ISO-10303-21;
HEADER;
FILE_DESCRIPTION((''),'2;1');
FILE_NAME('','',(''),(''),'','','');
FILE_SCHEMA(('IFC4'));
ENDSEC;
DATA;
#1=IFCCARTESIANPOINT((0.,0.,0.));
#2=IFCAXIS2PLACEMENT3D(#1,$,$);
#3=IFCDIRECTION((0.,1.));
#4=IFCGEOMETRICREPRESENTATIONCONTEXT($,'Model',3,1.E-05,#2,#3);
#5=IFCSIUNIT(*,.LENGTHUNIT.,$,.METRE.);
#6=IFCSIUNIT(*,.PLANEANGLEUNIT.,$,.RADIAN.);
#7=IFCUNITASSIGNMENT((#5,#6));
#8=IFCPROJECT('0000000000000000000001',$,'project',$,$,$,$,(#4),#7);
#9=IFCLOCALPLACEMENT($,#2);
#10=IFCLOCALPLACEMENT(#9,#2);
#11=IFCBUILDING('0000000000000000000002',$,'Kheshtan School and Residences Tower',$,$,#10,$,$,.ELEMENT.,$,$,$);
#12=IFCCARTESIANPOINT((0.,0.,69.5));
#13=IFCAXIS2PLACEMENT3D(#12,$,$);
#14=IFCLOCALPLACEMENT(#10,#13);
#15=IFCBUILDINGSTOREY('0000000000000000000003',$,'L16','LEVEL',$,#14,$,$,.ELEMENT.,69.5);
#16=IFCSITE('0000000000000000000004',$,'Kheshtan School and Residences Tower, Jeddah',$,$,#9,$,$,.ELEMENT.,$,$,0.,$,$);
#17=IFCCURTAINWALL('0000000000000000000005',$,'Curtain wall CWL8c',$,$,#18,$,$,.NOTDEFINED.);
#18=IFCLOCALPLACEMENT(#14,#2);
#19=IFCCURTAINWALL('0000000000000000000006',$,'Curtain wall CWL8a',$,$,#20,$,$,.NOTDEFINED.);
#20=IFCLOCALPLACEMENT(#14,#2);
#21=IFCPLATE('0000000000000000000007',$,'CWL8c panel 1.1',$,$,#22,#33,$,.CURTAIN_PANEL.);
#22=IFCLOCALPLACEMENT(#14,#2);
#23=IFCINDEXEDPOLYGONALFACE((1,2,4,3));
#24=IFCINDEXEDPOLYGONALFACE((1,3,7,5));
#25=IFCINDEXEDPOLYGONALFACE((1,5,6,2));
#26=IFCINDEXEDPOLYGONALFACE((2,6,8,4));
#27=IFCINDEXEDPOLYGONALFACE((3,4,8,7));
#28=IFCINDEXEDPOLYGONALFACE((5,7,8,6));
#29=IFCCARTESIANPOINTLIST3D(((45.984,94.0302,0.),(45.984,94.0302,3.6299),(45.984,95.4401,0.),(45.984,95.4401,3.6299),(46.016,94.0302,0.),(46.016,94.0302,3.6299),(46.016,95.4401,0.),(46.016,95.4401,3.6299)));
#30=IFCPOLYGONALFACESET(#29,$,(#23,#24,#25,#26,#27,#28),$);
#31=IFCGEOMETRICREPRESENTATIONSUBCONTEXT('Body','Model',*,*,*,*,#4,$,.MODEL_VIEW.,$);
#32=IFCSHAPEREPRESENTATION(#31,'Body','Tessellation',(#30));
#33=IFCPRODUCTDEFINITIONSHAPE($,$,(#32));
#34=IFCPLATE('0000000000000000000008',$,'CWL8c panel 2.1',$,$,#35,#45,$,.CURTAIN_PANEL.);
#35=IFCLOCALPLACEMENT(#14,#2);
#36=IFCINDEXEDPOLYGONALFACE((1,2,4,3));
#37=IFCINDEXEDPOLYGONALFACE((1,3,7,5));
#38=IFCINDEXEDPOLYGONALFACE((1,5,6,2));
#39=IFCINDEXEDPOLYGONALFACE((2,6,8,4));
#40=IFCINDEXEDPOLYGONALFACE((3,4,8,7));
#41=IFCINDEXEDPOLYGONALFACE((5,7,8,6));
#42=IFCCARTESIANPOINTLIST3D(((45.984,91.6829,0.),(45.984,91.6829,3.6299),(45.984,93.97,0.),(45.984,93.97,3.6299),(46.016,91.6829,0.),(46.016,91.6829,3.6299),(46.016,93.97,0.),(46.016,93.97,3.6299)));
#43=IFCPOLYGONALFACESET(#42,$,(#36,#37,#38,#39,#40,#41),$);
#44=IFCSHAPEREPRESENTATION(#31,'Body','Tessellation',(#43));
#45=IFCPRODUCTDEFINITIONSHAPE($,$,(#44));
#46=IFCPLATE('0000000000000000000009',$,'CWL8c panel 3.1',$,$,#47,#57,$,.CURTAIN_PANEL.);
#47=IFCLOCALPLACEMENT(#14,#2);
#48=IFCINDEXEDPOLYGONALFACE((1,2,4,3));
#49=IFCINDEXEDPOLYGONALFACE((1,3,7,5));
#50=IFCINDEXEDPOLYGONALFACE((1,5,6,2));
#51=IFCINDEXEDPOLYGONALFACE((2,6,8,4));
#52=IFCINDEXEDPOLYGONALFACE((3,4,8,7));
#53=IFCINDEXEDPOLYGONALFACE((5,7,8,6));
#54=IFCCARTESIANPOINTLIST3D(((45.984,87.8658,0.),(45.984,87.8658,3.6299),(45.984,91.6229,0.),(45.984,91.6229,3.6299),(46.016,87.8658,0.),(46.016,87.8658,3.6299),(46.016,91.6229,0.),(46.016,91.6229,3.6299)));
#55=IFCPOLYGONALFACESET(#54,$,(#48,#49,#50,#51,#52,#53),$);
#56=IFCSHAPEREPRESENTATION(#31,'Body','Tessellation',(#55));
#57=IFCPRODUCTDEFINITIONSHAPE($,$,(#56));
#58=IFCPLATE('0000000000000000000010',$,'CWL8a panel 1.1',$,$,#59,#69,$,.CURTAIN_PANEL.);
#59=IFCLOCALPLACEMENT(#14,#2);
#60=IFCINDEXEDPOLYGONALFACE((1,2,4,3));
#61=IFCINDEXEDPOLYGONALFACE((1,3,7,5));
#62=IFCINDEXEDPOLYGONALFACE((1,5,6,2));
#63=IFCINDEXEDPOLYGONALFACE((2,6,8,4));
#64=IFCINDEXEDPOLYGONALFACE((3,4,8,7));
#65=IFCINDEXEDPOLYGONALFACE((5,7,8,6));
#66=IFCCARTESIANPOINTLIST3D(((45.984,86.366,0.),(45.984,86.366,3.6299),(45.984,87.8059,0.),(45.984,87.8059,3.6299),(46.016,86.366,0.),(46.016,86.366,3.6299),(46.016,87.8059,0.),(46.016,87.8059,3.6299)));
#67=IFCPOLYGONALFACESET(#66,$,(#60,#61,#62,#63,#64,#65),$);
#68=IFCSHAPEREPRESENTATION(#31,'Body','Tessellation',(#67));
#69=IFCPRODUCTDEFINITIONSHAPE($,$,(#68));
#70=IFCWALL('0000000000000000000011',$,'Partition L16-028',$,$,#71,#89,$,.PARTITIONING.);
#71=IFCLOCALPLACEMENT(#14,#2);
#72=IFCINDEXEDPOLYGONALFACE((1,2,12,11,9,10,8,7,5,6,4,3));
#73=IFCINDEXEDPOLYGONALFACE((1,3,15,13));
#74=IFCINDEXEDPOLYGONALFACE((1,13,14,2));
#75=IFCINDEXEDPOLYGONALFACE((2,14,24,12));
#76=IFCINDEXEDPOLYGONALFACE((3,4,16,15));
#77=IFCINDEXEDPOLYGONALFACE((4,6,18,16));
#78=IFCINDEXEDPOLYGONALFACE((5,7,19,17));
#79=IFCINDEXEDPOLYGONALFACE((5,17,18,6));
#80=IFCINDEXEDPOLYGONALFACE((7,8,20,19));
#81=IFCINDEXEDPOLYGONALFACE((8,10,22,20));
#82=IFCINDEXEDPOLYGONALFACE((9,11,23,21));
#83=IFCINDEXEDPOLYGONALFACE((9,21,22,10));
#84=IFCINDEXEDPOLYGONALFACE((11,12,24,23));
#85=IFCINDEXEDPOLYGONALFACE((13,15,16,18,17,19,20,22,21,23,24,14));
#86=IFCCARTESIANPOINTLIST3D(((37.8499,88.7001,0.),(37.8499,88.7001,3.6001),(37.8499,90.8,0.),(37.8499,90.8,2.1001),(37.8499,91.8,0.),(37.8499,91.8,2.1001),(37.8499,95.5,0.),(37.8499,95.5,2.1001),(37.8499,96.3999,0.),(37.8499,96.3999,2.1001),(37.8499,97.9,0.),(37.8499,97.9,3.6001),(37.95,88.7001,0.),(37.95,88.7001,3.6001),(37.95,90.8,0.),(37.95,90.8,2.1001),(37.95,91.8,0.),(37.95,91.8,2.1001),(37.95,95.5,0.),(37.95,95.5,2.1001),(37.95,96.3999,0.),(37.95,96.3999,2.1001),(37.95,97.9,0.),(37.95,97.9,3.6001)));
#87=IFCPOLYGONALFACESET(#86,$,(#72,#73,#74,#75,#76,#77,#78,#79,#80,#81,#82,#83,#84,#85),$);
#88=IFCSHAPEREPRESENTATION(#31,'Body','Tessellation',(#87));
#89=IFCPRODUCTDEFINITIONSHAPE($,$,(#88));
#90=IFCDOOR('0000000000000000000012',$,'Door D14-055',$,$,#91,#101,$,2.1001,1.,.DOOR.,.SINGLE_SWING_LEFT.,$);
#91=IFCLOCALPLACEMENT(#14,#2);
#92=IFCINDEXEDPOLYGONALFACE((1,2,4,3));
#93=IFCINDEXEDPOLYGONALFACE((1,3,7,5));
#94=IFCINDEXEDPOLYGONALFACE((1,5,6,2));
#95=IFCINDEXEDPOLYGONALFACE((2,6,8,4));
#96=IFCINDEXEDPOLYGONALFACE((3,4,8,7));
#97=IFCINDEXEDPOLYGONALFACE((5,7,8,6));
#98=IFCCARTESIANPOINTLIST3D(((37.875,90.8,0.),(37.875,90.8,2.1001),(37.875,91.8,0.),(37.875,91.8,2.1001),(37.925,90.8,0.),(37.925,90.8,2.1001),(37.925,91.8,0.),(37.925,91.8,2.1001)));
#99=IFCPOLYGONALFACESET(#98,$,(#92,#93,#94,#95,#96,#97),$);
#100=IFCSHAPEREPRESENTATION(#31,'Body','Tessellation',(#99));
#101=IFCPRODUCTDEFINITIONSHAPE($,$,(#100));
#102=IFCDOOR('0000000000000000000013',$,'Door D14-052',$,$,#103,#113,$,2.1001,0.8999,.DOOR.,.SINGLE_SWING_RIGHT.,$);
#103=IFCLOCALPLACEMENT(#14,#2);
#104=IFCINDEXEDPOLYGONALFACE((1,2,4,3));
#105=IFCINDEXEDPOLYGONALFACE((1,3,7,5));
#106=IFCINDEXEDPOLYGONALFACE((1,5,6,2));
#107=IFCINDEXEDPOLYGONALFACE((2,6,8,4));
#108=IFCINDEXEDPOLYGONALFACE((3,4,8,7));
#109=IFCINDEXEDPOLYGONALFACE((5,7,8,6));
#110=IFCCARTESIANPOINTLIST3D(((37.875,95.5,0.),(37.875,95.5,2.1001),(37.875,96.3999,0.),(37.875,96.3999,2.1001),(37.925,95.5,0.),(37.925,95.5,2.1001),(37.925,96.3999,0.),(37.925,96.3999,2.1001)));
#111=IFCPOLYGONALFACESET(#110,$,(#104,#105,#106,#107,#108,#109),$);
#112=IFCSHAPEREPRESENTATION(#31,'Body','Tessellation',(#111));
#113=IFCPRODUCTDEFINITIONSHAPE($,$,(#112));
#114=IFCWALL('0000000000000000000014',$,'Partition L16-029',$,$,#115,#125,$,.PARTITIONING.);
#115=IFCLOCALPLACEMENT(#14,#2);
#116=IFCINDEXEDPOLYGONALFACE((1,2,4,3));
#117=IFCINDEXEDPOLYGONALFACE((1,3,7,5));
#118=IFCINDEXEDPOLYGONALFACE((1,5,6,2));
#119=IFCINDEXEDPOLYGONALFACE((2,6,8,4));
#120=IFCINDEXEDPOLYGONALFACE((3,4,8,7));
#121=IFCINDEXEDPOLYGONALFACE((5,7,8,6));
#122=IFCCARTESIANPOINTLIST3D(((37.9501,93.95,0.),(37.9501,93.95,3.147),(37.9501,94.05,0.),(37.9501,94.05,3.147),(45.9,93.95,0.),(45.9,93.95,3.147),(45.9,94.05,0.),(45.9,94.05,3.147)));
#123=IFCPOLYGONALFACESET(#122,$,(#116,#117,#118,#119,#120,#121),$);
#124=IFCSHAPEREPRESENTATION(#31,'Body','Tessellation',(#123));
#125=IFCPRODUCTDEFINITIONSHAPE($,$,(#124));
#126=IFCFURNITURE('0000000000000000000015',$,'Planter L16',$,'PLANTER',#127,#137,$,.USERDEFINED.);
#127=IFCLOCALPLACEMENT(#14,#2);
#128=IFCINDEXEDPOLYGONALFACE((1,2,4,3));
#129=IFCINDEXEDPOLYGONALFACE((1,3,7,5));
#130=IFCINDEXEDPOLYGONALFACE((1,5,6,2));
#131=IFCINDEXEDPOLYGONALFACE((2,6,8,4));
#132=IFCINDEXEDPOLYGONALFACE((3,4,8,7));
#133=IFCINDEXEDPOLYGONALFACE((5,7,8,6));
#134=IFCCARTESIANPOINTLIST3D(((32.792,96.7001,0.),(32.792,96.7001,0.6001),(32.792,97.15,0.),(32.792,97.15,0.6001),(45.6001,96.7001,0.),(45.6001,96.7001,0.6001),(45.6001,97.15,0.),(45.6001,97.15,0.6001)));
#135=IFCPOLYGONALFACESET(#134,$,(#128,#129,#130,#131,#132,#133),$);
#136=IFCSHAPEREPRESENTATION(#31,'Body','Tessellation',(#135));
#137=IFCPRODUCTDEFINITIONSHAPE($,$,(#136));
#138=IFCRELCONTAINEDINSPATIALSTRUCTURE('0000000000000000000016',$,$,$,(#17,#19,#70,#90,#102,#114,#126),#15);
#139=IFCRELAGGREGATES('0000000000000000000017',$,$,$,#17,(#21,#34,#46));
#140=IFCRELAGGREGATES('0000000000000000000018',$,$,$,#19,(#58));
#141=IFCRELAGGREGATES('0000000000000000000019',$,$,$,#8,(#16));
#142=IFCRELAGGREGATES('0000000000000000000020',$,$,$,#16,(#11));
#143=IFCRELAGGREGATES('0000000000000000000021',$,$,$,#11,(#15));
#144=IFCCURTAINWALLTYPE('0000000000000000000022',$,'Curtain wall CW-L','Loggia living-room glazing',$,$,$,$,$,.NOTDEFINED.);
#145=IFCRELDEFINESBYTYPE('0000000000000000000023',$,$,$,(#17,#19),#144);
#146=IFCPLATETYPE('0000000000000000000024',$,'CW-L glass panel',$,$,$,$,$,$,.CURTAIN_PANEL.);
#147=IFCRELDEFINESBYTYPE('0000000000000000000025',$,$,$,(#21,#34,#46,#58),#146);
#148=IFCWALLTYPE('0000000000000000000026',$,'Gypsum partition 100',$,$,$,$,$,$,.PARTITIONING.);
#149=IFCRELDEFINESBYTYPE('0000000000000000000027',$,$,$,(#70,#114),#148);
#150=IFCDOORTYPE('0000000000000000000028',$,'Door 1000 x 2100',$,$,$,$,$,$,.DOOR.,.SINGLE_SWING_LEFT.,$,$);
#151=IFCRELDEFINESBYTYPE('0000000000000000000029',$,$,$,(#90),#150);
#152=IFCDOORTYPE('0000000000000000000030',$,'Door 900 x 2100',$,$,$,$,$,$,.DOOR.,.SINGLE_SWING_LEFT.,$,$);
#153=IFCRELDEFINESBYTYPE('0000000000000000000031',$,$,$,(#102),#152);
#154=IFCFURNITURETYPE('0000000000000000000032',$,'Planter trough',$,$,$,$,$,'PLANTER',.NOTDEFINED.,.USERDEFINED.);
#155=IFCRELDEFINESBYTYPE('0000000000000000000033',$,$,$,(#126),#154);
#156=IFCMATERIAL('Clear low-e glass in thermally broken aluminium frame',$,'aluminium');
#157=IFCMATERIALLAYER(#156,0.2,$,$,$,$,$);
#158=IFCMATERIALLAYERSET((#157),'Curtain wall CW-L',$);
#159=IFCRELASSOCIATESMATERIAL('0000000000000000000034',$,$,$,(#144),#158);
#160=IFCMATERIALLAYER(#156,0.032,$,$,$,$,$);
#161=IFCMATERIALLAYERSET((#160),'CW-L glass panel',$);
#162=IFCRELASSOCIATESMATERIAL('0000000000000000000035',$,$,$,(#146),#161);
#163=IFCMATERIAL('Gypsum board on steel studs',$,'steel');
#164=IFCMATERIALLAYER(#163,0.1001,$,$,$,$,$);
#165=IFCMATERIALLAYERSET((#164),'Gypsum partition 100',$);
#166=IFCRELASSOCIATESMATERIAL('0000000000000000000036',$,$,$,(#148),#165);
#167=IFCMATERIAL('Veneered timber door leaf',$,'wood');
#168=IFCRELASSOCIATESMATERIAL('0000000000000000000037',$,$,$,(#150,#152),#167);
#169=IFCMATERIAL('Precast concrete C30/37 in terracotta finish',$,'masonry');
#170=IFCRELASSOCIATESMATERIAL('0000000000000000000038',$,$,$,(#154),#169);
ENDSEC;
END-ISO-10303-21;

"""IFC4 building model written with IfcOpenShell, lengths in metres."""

from ifc_helpers import new_model, si_unit, direction, frame, frame_2d, origin, origin_2d, place, context, subcontext, project, spatial, rectangle, extrude, source, transform, mapped, material, layer, layer_set, type_object, element, fill, aggregate, save


model = new_model("IFC4")

# Units and contexts
model_context = context("Model", 3, precision=1e-05, world=origin(), true_north=direction((0.0, 1.0)))
body_context = subcontext(model_context, "Body", "Model", "MODEL_VIEW")
ifc_project = project(units=[si_unit("LENGTHUNIT", "METRE"), si_unit("PLANEANGLEUNIT", "RADIAN")], contexts=[model_context])

# Site, building, storey
site_placement = place(None, origin())
site = spatial("IfcSite", under=ifc_project, at=site_placement, Name="Kheshtan School and Residences Tower, Jeddah", CompositionType="ELEMENT", RefElevation=0.0)
building_placement = place(site_placement, origin())
building = spatial("IfcBuilding", under=site, at=building_placement, Name="Kheshtan School and Residences Tower", CompositionType="ELEMENT")
storey_placement = place(building_placement, frame((0.0, 0.0, 69.5)))
storey = spatial("IfcBuildingStorey", under=building, at=storey_placement, Name="L16", Description="LEVEL", CompositionType="ELEMENT", Elevation=69.5)

# Curtain wall
ifc_material_1 = material(Name="Clear low-e glass in thermally broken aluminium frame", Category="aluminium")
ifc_layer_1 = layer(ifc_material_1, 0.2)
ifc_layer_set_1 = layer_set([ifc_layer_1], Name="Curtain wall CW-L")
curtain_wall_type = type_object("IfcCurtainWallType", Name="Curtain wall CW-L", Description="Loggia living-room glazing", PredefinedType="NOTDEFINED", material=ifc_layer_set_1)
curtain_wall_1_placement = place(storey_placement, origin())
curtain_wall_1 = element("IfcCurtainWall", 1, at=curtain_wall_1_placement, inside=storey, type_object=curtain_wall_type, Name="Curtain wall CWL8c", PredefinedType="NOTDEFINED")

# Curtain wall
curtain_wall_2_placement = place(storey_placement, origin())
curtain_wall_2 = element("IfcCurtainWall", 2, at=curtain_wall_2_placement, inside=storey, type_object=curtain_wall_type, Name="Curtain wall CWL8a", PredefinedType="NOTDEFINED")

# Plates
ifc_layer_2 = layer(ifc_material_1, 0.032)
ifc_layer_set_2 = layer_set([ifc_layer_2], Name="CW-L glass panel")
plate_type = type_object("IfcPlateType", Name="CW-L glass panel", PredefinedType="CURTAIN_PANEL", material=ifc_layer_set_2)
plate_1_placement = place(storey_placement, frame((46.0, 94.7351, 0.0), z_axis=(0.0, 0.0, 1.0), x_axis=(0.0, -1.0, 0.0)))
plate_1 = element("IfcPlate", 3, at=plate_1_placement, type_object=plate_type, Name="CWL8c panel 1.1", PredefinedType="CURTAIN_PANEL", context=body_context, shape_type="SweptSolid", body=[
    extrude(rectangle(XDim=1.4099, YDim=0.032, at=origin_2d()), origin(), (0.0, 0.0, 1.0), 3.6299),
])
plate_2_placement = place(storey_placement, frame((46.0, 92.8264, 0.0), z_axis=(0.0, 0.0, 1.0), x_axis=(0.0, -1.0, 0.0)))
plate_2 = element("IfcPlate", 4, at=plate_2_placement, type_object=plate_type, Name="CWL8c panel 2.1", PredefinedType="CURTAIN_PANEL", context=body_context, shape_type="SweptSolid", body=[
    extrude(rectangle(XDim=2.2871, YDim=0.032, at=origin_2d()), origin(), (0.0, 0.0, 1.0), 3.6299),
])
plate_3_placement = place(storey_placement, frame((46.0, 89.7444, 0.0), z_axis=(0.0, 0.0, 1.0), x_axis=(0.0, -1.0, 0.0)))
plate_3 = element("IfcPlate", 5, at=plate_3_placement, type_object=plate_type, Name="CWL8c panel 3.1", PredefinedType="CURTAIN_PANEL", context=body_context, shape_type="SweptSolid", body=[
    extrude(rectangle(XDim=3.7571, YDim=0.032, at=origin_2d()), origin(), (0.0, 0.0, 1.0), 3.6299),
])
aggregate(curtain_wall_1, [plate_1, plate_2, plate_3])
plate_4_placement = place(storey_placement, frame((46.0, 87.0859, 0.0), z_axis=(0.0, 0.0, 1.0), x_axis=(0.0, -1.0, 0.0)))
plate_4 = element("IfcPlate", 6, at=plate_4_placement, type_object=plate_type, Name="CWL8a panel 1.1", PredefinedType="CURTAIN_PANEL", context=body_context, shape_type="SweptSolid", body=[
    extrude(rectangle(XDim=1.4399, YDim=0.032, at=origin_2d()), origin(), (0.0, 0.0, 1.0), 3.6299),
])
aggregate(curtain_wall_2, [plate_4])

# Wall, openings, doors
ifc_material_2 = material(Name="Gypsum board on steel studs", Category="steel")
ifc_layer_3 = layer(ifc_material_2, 0.1001)
ifc_layer_set_3 = layer_set([ifc_layer_3], Name="Gypsum partition 100")
wall_type_1 = type_object("IfcWallType", Name="Gypsum partition 100", PredefinedType="PARTITIONING", material=ifc_layer_set_3)
wall_1_placement = place(storey_placement, frame((37.8999, 88.7, 0.0), z_axis=(0.0, 0.0, 1.0), x_axis=(0.0, 1.0, 0.0)))
wall_1 = element("IfcWall", 7, at=wall_1_placement, inside=storey, type_object=wall_type_1, Name="Partition L16-028", PredefinedType="PARTITIONING", context=body_context, shape_type="SweptSolid", body=[
    extrude(rectangle(XDim=9.2, YDim=0.1001, at=frame_2d((4.6001, 0.0))), origin(), (0.0, 0.0, 1.0), 3.6001),
])
opening_1_placement = place(wall_1_placement, frame((6.8, 0.0, 0.0)))
opening_1 = element("IfcOpeningElement", 8, at=opening_1_placement, cuts=wall_1, PredefinedType="OPENING", context=body_context, shape_type="SweptSolid", body=[
    extrude(rectangle(XDim=0.8999, YDim=2.1001, at=frame_2d((0.45, 1.05))), frame((0.0, 0.0601, 0.0), z_axis=(0.0, -1.0, 0.0), x_axis=(1.0, 0.0, 0.0)), (0.0, 0.0, 1.0), 0.1201),
])
opening_2_placement = place(wall_1_placement, frame((2.1001, 0.0, 0.0)))
opening_2 = element("IfcOpeningElement", 9, at=opening_2_placement, cuts=wall_1, PredefinedType="OPENING", context=body_context, shape_type="SweptSolid", body=[
    extrude(rectangle(XDim=1.0, YDim=2.1001, at=frame_2d((0.5, 1.05))), frame((0.0, 0.0601, 0.0), z_axis=(0.0, -1.0, 0.0), x_axis=(1.0, 0.0, 0.0)), (0.0, 0.0, 1.0), 0.1201),
])
ifc_material_3 = material(Name="Veneered timber door leaf", Category="wood")
door_type_1 = type_object("IfcDoorType", Name="Door 1000 x 2100", OperationType="SINGLE_SWING_LEFT", PredefinedType="DOOR", material=ifc_material_3)
shared_shape_1 = source(origin(), body_context, "Body", "SweptSolid", [
    extrude(rectangle(XDim=1.0, YDim=2.1001, at=frame_2d((0.5, 1.05))), frame((0.0, 0.0249, 0.0), z_axis=(0.0, -1.0, 0.0), x_axis=(1.0, 0.0, 0.0)), (0.0, 0.0, 1.0), 0.05),
])
door_1_placement = place(opening_2_placement, origin())
door_1 = element("IfcDoor", 10, at=door_1_placement, inside=storey, type_object=door_type_1, Name="Door D14-055", OperationType="SINGLE_SWING_LEFT", OverallHeight=2.1001, OverallWidth=1.0, PredefinedType="DOOR", context=body_context, shape_type="MappedRepresentation", body=[
    mapped(shared_shape_1, transform((0.0, 0.0, 0.0), x_axis=(1.0, 0.0, 0.0), y_axis=(0.0, 1.0, 0.0), z_axis=(0.0, 0.0, 1.0), scale=1.0)),
])
fill(opening_2, door_1)
door_type_2 = type_object("IfcDoorType", Name="Door 900 x 2100", OperationType="SINGLE_SWING_LEFT", PredefinedType="DOOR", material=ifc_material_3)
shared_shape_2 = source(origin(), body_context, "Body", "SweptSolid", [
    extrude(rectangle(XDim=0.8999, YDim=2.1001, at=frame_2d((0.45, 1.05))), frame((0.0, 0.0249, 0.0), z_axis=(0.0, -1.0, 0.0), x_axis=(1.0, 0.0, 0.0)), (0.0, 0.0, 1.0), 0.05),
])
door_2_placement = place(opening_1_placement, origin())
door_2 = element("IfcDoor", 11, at=door_2_placement, inside=storey, type_object=door_type_2, Name="Door D14-052", OperationType="SINGLE_SWING_RIGHT", OverallHeight=2.1001, OverallWidth=0.8999, PredefinedType="DOOR", context=body_context, shape_type="MappedRepresentation", body=[
    mapped(shared_shape_2, transform((0.0, 0.0, 0.0), x_axis=(1.0, 0.0, 0.0), y_axis=(0.0, 1.0, 0.0), z_axis=(0.0, 0.0, 1.0), scale=1.0)),
])
fill(opening_1, door_2)

# Wall
wall_2_placement = place(storey_placement, frame((37.95, 94.0, 0.0), z_axis=(0.0, 0.0, 1.0), x_axis=(1.0, 0.0, 0.0)))
element("IfcWall", 12, at=wall_2_placement, inside=storey, type_object=wall_type_1, Name="Partition L16-029", PredefinedType="PARTITIONING", context=body_context, shape_type="SweptSolid", body=[
    extrude(rectangle(XDim=7.95, YDim=0.1001, at=frame_2d((3.9751, 0.0))), origin(), (0.0, 0.0, 1.0), 3.147),
])

# Furniture
ifc_material_4 = material(Name="Precast concrete C30/37 in terracotta finish", Category="masonry")
furniture_type = type_object("IfcFurnitureType", Name="Planter trough", ElementType="PLANTER", AssemblyPlace="NOTDEFINED", PredefinedType="USERDEFINED", material=ifc_material_4)
furniture_placement = place(storey_placement, frame((39.196, 96.925, 0.0), z_axis=(0.0, 0.0, 1.0), x_axis=(1.0, 0.0, 0.0)))
element("IfcFurniture", 13, at=furniture_placement, inside=storey, type_object=furniture_type, Name="Planter L16", ObjectType="PLANTER", PredefinedType="USERDEFINED", context=body_context, shape_type="SweptSolid", body=[
    extrude(rectangle(XDim=12.8081, YDim=0.45, at=origin_2d()), origin(), (0.0, 0.0, 1.0), 0.6001),
])

save(model, "model.ifc")
